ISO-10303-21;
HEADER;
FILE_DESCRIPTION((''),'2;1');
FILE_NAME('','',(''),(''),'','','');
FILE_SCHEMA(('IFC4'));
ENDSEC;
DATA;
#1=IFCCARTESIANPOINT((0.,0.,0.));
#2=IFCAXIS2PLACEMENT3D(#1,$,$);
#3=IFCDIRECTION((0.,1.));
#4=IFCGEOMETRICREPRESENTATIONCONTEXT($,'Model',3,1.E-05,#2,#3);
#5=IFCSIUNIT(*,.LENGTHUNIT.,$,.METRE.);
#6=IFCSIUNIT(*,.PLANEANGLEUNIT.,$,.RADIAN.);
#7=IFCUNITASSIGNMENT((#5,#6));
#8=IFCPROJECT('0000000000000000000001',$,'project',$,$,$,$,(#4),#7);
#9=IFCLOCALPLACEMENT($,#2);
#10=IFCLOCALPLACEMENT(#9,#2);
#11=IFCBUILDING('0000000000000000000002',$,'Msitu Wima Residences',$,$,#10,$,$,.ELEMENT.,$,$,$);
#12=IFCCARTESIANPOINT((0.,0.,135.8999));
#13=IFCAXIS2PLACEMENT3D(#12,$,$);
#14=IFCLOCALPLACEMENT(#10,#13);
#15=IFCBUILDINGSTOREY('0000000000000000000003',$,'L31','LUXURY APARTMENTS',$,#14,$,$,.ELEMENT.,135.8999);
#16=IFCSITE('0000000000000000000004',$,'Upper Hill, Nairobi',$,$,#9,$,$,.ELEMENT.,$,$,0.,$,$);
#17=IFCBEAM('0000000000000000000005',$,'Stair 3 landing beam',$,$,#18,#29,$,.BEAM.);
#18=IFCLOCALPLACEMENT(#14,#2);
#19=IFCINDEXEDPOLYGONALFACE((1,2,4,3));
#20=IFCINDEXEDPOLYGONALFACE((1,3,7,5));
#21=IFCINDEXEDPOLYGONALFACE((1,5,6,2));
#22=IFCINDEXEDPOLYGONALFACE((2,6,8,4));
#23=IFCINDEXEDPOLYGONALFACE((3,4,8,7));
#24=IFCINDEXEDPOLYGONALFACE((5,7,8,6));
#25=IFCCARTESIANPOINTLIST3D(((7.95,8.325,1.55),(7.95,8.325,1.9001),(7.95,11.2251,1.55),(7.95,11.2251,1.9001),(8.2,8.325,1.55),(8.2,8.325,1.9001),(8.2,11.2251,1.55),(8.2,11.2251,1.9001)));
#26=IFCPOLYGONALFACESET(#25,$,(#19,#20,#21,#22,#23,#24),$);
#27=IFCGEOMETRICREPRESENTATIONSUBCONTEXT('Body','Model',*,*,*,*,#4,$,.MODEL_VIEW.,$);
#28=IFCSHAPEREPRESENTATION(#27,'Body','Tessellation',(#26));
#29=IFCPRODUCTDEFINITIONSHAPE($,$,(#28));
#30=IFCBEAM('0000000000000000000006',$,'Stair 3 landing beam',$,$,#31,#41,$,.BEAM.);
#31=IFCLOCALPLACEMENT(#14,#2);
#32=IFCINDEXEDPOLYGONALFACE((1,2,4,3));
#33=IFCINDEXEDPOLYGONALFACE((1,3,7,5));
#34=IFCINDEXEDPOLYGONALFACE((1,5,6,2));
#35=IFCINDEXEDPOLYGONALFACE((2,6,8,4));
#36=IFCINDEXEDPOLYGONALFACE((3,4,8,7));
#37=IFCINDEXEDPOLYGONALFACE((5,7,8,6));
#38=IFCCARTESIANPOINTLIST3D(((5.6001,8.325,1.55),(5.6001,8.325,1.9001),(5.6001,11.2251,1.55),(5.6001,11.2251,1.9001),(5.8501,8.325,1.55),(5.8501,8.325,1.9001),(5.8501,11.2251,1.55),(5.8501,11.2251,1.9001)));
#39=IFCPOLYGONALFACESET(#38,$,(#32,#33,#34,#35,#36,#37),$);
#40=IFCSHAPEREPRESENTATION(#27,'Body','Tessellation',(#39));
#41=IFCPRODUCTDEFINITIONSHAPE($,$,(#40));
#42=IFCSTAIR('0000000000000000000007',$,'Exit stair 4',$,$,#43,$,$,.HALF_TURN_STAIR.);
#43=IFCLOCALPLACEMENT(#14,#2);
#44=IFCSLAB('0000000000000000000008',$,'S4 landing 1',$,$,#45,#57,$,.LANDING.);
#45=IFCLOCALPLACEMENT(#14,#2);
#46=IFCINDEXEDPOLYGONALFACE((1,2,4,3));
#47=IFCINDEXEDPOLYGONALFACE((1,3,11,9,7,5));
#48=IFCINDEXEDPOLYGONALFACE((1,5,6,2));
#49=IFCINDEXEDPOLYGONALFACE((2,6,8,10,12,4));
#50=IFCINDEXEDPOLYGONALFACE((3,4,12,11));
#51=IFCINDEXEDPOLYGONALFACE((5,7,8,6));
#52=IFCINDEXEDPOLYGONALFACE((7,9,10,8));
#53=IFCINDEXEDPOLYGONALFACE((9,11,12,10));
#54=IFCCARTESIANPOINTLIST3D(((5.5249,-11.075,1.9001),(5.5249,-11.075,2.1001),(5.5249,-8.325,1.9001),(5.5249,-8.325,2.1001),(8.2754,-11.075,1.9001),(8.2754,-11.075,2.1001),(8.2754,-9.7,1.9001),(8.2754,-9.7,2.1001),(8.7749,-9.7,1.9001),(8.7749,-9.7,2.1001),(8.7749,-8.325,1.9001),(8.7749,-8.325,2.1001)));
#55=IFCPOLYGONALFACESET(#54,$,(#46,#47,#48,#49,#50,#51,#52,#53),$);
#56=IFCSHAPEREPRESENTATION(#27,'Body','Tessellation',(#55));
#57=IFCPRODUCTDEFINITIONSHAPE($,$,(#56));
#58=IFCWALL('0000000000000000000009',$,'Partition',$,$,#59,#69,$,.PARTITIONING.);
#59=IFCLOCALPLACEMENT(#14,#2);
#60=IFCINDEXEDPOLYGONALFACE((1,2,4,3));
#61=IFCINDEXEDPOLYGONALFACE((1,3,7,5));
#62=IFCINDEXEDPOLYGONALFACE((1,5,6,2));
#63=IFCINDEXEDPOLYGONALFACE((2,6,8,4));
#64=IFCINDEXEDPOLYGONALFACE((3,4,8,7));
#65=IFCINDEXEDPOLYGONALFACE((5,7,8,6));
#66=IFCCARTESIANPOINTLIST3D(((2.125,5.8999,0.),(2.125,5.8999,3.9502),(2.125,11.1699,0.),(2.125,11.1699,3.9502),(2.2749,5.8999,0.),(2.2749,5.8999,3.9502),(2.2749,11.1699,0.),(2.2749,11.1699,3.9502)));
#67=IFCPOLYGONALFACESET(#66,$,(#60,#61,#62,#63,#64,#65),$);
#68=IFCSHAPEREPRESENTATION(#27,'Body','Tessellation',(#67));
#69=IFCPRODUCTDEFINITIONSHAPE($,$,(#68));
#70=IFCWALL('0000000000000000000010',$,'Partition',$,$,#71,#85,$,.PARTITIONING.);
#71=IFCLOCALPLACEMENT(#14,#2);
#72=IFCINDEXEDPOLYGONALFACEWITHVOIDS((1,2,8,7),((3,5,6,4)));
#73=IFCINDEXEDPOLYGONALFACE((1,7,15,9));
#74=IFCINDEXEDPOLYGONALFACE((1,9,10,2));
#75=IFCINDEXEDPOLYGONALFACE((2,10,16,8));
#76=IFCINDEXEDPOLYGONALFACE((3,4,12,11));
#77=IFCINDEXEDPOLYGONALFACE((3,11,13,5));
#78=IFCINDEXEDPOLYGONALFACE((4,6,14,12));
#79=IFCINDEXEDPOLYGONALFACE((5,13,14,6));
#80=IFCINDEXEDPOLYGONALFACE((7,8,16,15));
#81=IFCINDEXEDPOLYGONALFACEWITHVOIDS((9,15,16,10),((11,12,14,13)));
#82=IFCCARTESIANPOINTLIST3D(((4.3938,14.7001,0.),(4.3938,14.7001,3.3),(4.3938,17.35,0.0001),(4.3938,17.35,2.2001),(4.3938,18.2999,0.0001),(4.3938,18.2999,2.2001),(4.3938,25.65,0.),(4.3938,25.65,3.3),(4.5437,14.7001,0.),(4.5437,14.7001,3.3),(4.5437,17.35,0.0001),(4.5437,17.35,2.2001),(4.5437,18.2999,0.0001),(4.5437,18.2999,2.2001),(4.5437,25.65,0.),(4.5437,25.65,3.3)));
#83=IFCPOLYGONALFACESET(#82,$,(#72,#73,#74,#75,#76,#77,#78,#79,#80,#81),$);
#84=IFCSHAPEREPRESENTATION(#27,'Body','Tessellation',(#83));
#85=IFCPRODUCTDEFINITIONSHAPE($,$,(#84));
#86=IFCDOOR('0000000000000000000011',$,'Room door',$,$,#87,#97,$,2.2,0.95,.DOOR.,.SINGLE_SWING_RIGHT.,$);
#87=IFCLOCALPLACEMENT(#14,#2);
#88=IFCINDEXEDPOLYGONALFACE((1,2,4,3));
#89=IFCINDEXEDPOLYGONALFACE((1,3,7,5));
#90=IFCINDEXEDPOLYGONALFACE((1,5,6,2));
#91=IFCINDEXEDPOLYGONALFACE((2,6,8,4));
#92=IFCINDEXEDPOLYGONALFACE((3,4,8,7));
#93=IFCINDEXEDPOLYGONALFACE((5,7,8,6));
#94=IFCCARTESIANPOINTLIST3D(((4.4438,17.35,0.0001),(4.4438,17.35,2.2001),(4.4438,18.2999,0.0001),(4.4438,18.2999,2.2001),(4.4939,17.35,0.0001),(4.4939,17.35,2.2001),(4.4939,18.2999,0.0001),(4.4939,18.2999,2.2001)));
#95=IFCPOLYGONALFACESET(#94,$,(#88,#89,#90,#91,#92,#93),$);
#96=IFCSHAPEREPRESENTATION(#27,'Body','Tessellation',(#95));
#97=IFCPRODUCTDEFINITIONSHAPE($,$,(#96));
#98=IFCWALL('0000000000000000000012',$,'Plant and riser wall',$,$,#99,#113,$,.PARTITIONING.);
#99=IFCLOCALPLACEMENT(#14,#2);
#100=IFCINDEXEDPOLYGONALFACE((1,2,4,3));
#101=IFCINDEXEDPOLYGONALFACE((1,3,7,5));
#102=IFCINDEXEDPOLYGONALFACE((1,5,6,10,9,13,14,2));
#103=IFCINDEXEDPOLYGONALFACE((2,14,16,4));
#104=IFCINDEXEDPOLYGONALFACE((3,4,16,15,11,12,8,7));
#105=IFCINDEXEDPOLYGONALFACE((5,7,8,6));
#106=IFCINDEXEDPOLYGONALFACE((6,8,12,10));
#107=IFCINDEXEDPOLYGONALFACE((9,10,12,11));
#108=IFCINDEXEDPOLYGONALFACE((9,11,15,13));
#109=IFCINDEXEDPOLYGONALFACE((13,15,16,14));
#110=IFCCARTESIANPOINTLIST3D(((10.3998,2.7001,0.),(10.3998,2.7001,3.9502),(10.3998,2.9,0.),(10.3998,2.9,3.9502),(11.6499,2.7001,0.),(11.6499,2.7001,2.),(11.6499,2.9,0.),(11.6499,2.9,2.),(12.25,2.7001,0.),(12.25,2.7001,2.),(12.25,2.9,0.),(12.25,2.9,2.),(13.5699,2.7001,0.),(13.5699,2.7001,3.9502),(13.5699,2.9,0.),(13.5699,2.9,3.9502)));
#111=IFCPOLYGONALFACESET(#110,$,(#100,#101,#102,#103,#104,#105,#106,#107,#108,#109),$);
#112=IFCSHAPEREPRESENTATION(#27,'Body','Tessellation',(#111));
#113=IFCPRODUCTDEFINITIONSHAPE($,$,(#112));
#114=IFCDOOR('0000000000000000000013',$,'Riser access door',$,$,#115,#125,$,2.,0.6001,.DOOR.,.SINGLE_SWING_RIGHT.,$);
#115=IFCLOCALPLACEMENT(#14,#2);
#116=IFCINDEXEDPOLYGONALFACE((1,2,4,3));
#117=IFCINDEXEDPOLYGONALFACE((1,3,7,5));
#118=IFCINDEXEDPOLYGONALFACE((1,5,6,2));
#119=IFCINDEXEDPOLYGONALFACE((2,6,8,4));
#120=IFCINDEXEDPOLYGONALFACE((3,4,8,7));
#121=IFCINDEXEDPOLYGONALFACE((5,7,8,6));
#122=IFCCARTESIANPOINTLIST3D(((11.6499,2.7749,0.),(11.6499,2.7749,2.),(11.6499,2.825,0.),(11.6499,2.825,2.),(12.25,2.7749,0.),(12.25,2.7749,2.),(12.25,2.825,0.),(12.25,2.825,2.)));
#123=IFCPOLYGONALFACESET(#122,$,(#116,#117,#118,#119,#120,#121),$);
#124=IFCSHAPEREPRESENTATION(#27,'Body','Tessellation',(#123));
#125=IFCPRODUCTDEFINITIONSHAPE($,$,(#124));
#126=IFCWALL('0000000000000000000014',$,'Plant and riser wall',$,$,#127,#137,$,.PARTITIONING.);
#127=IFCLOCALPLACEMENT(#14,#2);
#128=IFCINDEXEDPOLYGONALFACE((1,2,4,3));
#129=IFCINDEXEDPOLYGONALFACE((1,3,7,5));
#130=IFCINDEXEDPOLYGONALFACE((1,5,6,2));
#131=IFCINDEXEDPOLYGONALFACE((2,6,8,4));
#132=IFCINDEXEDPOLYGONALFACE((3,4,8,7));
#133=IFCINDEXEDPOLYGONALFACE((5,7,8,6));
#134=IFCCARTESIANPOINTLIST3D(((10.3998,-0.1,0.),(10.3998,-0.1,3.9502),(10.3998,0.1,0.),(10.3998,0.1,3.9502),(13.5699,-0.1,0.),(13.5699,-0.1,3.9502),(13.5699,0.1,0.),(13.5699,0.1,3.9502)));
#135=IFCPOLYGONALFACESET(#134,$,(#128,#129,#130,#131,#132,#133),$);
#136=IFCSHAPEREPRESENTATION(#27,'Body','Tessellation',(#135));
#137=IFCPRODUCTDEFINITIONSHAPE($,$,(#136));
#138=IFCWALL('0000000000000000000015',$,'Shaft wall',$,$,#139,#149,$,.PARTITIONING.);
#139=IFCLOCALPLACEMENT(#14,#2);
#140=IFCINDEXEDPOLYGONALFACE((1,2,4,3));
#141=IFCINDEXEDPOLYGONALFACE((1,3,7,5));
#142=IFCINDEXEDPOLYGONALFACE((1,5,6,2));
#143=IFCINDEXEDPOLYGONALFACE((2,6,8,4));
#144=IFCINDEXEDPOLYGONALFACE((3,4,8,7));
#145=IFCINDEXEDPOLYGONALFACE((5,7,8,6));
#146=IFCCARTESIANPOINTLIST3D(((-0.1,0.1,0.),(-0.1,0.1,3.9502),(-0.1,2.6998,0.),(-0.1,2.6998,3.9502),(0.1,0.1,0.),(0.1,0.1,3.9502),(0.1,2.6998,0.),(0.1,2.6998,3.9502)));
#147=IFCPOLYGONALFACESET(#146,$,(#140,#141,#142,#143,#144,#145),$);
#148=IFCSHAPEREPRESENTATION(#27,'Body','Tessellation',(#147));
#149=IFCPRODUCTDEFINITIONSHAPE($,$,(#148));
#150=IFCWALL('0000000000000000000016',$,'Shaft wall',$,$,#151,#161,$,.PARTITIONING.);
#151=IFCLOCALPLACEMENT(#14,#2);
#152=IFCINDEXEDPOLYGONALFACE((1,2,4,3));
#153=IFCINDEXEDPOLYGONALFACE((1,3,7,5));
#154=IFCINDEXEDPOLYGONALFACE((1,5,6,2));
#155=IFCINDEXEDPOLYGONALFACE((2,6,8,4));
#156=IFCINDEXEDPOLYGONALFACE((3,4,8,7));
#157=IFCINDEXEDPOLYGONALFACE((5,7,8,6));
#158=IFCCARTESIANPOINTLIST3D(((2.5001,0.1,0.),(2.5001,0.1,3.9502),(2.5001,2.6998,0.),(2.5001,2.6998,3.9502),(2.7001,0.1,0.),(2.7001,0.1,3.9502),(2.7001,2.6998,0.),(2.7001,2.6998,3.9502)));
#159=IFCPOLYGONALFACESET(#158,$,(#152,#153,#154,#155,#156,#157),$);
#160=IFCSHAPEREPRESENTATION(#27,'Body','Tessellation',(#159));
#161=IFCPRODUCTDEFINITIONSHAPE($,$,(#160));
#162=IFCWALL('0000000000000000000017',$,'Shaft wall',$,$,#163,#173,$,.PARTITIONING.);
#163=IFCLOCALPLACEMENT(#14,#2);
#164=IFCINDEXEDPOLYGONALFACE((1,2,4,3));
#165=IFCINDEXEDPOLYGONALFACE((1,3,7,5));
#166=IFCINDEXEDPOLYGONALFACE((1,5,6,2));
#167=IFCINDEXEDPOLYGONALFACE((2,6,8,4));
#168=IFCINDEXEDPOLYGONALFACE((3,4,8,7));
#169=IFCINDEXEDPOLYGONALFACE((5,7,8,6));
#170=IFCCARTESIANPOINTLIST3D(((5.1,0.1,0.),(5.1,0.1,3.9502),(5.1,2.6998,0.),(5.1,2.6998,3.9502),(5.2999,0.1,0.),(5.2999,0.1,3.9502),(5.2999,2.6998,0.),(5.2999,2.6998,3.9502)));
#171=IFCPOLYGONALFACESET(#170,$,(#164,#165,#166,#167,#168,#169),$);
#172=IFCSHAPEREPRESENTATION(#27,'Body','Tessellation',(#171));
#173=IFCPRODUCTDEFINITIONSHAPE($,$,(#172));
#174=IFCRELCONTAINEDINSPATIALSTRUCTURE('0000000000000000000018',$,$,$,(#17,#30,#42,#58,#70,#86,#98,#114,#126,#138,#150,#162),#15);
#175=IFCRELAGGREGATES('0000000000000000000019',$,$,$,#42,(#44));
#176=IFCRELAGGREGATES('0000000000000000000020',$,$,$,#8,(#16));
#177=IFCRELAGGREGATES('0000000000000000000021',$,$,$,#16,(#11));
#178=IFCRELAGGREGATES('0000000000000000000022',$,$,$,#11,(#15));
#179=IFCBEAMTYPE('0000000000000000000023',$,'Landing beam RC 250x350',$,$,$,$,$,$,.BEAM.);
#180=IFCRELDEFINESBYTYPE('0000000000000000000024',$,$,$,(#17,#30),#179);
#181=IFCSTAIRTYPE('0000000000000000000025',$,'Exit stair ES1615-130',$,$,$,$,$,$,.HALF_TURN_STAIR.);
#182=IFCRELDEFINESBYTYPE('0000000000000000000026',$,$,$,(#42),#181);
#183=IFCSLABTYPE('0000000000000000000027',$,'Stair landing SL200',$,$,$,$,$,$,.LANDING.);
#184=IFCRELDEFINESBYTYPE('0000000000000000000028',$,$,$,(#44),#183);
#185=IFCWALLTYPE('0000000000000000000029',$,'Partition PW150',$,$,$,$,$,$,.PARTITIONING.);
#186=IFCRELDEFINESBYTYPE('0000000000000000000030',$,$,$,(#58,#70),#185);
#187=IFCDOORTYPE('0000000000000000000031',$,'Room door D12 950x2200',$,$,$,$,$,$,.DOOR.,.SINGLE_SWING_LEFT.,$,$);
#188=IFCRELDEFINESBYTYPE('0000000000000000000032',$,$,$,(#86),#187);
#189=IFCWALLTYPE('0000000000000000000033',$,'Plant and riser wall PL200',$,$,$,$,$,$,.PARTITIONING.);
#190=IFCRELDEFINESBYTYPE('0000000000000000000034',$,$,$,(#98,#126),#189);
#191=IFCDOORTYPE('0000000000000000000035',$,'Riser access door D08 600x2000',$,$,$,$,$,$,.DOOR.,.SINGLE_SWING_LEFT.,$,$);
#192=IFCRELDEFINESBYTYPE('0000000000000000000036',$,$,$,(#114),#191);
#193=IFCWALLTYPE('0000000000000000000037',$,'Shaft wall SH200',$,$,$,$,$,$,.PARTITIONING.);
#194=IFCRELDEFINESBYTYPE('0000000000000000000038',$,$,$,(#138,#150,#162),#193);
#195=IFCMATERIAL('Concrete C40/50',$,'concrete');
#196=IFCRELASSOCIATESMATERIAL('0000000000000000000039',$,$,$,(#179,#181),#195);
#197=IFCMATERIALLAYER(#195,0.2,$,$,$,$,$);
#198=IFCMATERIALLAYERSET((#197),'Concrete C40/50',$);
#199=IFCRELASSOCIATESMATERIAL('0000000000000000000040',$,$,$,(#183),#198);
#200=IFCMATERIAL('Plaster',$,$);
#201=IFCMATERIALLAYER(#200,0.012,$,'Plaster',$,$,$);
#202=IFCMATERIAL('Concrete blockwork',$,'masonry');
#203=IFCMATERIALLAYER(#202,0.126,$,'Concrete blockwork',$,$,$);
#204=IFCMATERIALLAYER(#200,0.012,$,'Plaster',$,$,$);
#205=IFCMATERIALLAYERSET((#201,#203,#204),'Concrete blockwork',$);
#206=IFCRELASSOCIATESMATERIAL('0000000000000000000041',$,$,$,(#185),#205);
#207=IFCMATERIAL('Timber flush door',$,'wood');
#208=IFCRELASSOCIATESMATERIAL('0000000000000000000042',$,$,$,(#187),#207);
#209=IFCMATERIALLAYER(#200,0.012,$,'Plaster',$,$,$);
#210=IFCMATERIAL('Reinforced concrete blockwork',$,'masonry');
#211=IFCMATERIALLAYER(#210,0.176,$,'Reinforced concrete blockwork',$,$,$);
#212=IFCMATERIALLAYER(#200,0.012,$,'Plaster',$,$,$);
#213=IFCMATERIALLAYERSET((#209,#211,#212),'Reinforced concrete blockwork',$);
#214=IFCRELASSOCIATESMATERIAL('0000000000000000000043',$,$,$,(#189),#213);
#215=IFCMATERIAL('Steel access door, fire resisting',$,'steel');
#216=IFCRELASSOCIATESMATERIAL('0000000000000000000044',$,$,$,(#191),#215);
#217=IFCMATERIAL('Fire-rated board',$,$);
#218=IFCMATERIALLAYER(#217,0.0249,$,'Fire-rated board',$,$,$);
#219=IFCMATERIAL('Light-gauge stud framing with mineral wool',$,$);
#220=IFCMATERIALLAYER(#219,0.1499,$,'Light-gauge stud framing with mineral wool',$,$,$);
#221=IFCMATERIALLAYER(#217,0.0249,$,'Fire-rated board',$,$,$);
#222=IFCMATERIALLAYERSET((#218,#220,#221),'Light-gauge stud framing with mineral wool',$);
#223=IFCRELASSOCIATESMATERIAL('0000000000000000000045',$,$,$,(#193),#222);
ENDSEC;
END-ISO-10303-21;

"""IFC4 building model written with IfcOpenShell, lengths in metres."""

from ifc_helpers import new_model, si_unit, direction, frame, frame_2d, origin, origin_2d, place, context, subcontext, project, spatial, polyline, rectangle, outline, extrude, material, layer, layer_set, material_profile, profile_set, type_object, element, fill, aggregate, save


model = new_model("IFC4")

# Units and contexts
model_context = context("Model", 3, precision=1e-05, world=origin(), true_north=direction((0.0, 1.0)))
body_context = subcontext(model_context, "Body", "Model", "MODEL_VIEW")
ifc_project = project(units=[si_unit("LENGTHUNIT", "METRE"), si_unit("PLANEANGLEUNIT", "RADIAN")], contexts=[model_context])

# Site, building, storey
site_placement = place(None, origin())
site = spatial("IfcSite", under=ifc_project, at=site_placement, Name="Upper Hill, Nairobi", CompositionType="ELEMENT", RefElevation=0.0)
building_placement = place(site_placement, origin())
building = spatial("IfcBuilding", under=site, at=building_placement, Name="Msitu Wima Residences", CompositionType="ELEMENT")
storey_placement = place(building_placement, frame((0.0, 0.0, 135.8999)))
storey = spatial("IfcBuildingStorey", under=building, at=storey_placement, Name="L31", Description="LUXURY APARTMENTS", CompositionType="ELEMENT", Elevation=135.8999)

# Beams
ifc_material_1 = material(Name="Concrete C40/50", Category="concrete")
ifc_material_profile = material_profile(ifc_material_1, rectangle(XDim=0.25, YDim=0.3501, at=origin_2d()), Name="RC 250x350")
ifc_profile_set = profile_set([ifc_material_profile], Name="Concrete C40/50")
beam_type = type_object("IfcBeamType", Name="Landing beam RC 250x350", PredefinedType="BEAM", material=ifc_profile_set)
for number, where, z_axis, x_axis, name in (
    (1, (8.075, 8.325, 1.7251), (0.0, 1.0, 0.0), (-1.0, 0.0, 0.0), "Stair 3 landing beam"),
    (2, (5.7251, 8.325, 1.7251), (0.0, 1.0, 0.0), (-1.0, 0.0, 0.0), "Stair 3 landing beam"),
):
    element("IfcBeam", number, at=place(storey_placement, frame(where, z_axis=z_axis, x_axis=x_axis)), inside=storey, type_object=beam_type, Name=name, PredefinedType="BEAM", context=body_context, shape_type="SweptSolid", body=[
        extrude(rectangle(XDim=0.25, YDim=0.3501, at=origin_2d()), origin(), (0.0, 0.0, 1.0), 2.9001),
    ])

# Stair, slab
stair_type = type_object("IfcStairType", Name="Exit stair ES1615-130", PredefinedType="HALF_TURN_STAIR", material=ifc_material_1)
stair_1_placement = place(storey_placement, origin())
stair_1 = element("IfcStair", 3, at=stair_1_placement, inside=storey, type_object=stair_type, Name="Exit stair 4", PredefinedType="HALF_TURN_STAIR")
ifc_layer_1 = layer(ifc_material_1, 0.2)
ifc_layer_set_1 = layer_set([ifc_layer_1], Name="Concrete C40/50")
slab_type = type_object("IfcSlabType", Name="Stair landing SL200", PredefinedType="LANDING", material=ifc_layer_set_1)
slab_placement = place(storey_placement, frame((0.0, 0.0, 1.9001)))
slab = element("IfcSlab", 4, at=slab_placement, type_object=slab_type, Name="S4 landing 1", PredefinedType="LANDING", context=body_context, shape_type="SweptSolid", body=[
    extrude(outline(polyline([(5.5249, -11.075), (8.2754, -11.075), (8.2754, -9.7), (8.7749, -9.7), (8.7749, -8.325), (5.5249, -8.325), (5.5249, -11.075)])), origin(), (0.0, 0.0, 1.0), 0.2),
])
aggregate(stair_1, [slab])

# Wall
ifc_material_2 = material(Name="Plaster")
ifc_layer_2 = layer(ifc_material_2, 0.012, Name="Plaster")
ifc_material_3 = material(Name="Concrete blockwork", Category="masonry")
ifc_layer_3 = layer(ifc_material_3, 0.126, Name="Concrete blockwork")
ifc_layer_4 = layer(ifc_material_2, 0.012, Name="Plaster")
ifc_layer_set_2 = layer_set([ifc_layer_2, ifc_layer_3, ifc_layer_4], Name="Concrete blockwork")
wall_type_1 = type_object("IfcWallType", Name="Partition PW150", PredefinedType="PARTITIONING", material=ifc_layer_set_2)
wall_1_placement = place(storey_placement, frame((2.2, 5.8999, 0.0), z_axis=(0.0, 0.0, 1.0), x_axis=(0.0, 1.0, 0.0)))
element("IfcWall", 5, at=wall_1_placement, inside=storey, type_object=wall_type_1, Name="Partition", PredefinedType="PARTITIONING", context=body_context, shape_type="SweptSolid", body=[
    extrude(rectangle(XDim=5.27, YDim=0.1499, at=frame_2d((2.635, 0.0))), origin(), (0.0, 0.0, 1.0), 3.9502),
])

# Walls, openings, doors
wall_2_placement = place(storey_placement, frame((4.4688, 14.7, 0.0), z_axis=(0.0, 0.0, 1.0), x_axis=(0.0, 1.0, 0.0)))
wall_2 = element("IfcWall", 6, at=wall_2_placement, inside=storey, type_object=wall_type_1, Name="Partition", PredefinedType="PARTITIONING", context=body_context, shape_type="SweptSolid", body=[
    extrude(rectangle(XDim=10.95, YDim=0.1499, at=frame_2d((5.4751, 0.0))), origin(), (0.0, 0.0, 1.0), 3.3),
])
opening_1_placement = place(wall_2_placement, frame((2.6499, 0.0, 0.0)))
opening_1 = element("IfcOpeningElement", 7, at=opening_1_placement, cuts=wall_2, PredefinedType="OPENING", context=body_context, shape_type="SweptSolid", body=[
    extrude(rectangle(XDim=0.95, YDim=2.2, at=frame_2d((0.4751, 1.1001))), frame((0.0, 0.085, 0.0), z_axis=(0.0, -1.0, 0.0), x_axis=(1.0, 0.0, 0.0)), (0.0, 0.0, 1.0), 0.1699),
])
ifc_material_4 = material(Name="Timber flush door", Category="wood")
door_type_1 = type_object("IfcDoorType", Name="Room door D12 950x2200", OperationType="SINGLE_SWING_LEFT", PredefinedType="DOOR", material=ifc_material_4)
door_1_placement = place(opening_1_placement, origin())
door_1 = element("IfcDoor", 8, at=door_1_placement, inside=storey, type_object=door_type_1, Name="Room door", OperationType="SINGLE_SWING_RIGHT", OverallHeight=2.2, OverallWidth=0.95, PredefinedType="DOOR", context=body_context, shape_type="SweptSolid", body=[
    extrude(rectangle(XDim=0.95, YDim=2.2, at=frame_2d((0.4751, 1.1001))), frame((0.0, 0.0249, 0.0), z_axis=(0.0, -1.0, 0.0), x_axis=(1.0, 0.0, 0.0)), (0.0, 0.0, 1.0), 0.05),
])
fill(opening_1, door_1)
ifc_layer_5 = layer(ifc_material_2, 0.012, Name="Plaster")
ifc_material_5 = material(Name="Reinforced concrete blockwork", Category="masonry")
ifc_layer_6 = layer(ifc_material_5, 0.176, Name="Reinforced concrete blockwork")
ifc_layer_7 = layer(ifc_material_2, 0.012, Name="Plaster")
ifc_layer_set_3 = layer_set([ifc_layer_5, ifc_layer_6, ifc_layer_7], Name="Reinforced concrete blockwork")
wall_type_2 = type_object("IfcWallType", Name="Plant and riser wall PL200", PredefinedType="PARTITIONING", material=ifc_layer_set_3)
wall_3_placement = place(storey_placement, frame((10.3999, 2.8, 0.0), z_axis=(0.0, 0.0, 1.0), x_axis=(1.0, 0.0, 0.0)))
wall_3 = element("IfcWall", 9, at=wall_3_placement, inside=storey, type_object=wall_type_2, Name="Plant and riser wall", PredefinedType="PARTITIONING", context=body_context, shape_type="SweptSolid", body=[
    extrude(rectangle(XDim=3.1702, YDim=0.2, at=frame_2d((1.585, 0.0))), origin(), (0.0, 0.0, 1.0), 3.9502),
])
opening_2_placement = place(wall_3_placement, frame((1.25, 0.0, 0.0)))
opening_2 = element("IfcOpeningElement", 10, at=opening_2_placement, cuts=wall_3, PredefinedType="OPENING", context=body_context, shape_type="SweptSolid", body=[
    extrude(rectangle(XDim=0.6001, YDim=2.0, at=frame_2d((0.3, 1.0))), frame((0.0, 0.1099, 0.0), z_axis=(0.0, -1.0, 0.0), x_axis=(1.0, 0.0, 0.0)), (0.0, 0.0, 1.0), 0.22),
])
ifc_material_6 = material(Name="Steel access door, fire resisting", Category="steel")
door_type_2 = type_object("IfcDoorType", Name="Riser access door D08 600x2000", OperationType="SINGLE_SWING_LEFT", PredefinedType="DOOR", material=ifc_material_6)
door_2_placement = place(opening_2_placement, origin())
door_2 = element("IfcDoor", 11, at=door_2_placement, inside=storey, type_object=door_type_2, Name="Riser access door", OperationType="SINGLE_SWING_RIGHT", OverallHeight=2.0, OverallWidth=0.6001, PredefinedType="DOOR", context=body_context, shape_type="SweptSolid", body=[
    extrude(rectangle(XDim=0.6001, YDim=2.0, at=frame_2d((0.3, 1.0))), frame((0.0, 0.0249, 0.0), z_axis=(0.0, -1.0, 0.0), x_axis=(1.0, 0.0, 0.0)), (0.0, 0.0, 1.0), 0.05),
])
fill(opening_2, door_2)

# Walls
wall_4_placement = place(storey_placement, frame((10.3999, 0.0, 0.0), z_axis=(0.0, 0.0, 1.0), x_axis=(1.0, 0.0, 0.0)))
element("IfcWall", 12, at=wall_4_placement, inside=storey, type_object=wall_type_2, Name="Plant and riser wall", PredefinedType="PARTITIONING", context=body_context, shape_type="SweptSolid", body=[
    extrude(rectangle(XDim=3.1702, YDim=0.2, at=frame_2d((1.585, 0.0))), origin(), (0.0, 0.0, 1.0), 3.9502),
])
ifc_material_7 = material(Name="Fire-rated board")
ifc_layer_8 = layer(ifc_material_7, 0.0249, Name="Fire-rated board")
ifc_material_8 = material(Name="Light-gauge stud framing with mineral wool")
ifc_layer_9 = layer(ifc_material_8, 0.1499, Name="Light-gauge stud framing with mineral wool")
ifc_layer_10 = layer(ifc_material_7, 0.0249, Name="Fire-rated board")
ifc_layer_set_4 = layer_set([ifc_layer_8, ifc_layer_9, ifc_layer_10], Name="Light-gauge stud framing with mineral wool")
wall_type_3 = type_object("IfcWallType", Name="Shaft wall SH200", PredefinedType="PARTITIONING", material=ifc_layer_set_4)
for number, where, z_axis, x_axis, name in (
    (13, (0.0, 0.1001, 0.0), (0.0, 0.0, 1.0), (0.0, 1.0, 0.0), "Shaft wall"),
    (14, (2.6001, 0.1001, 0.0), (0.0, 0.0, 1.0), (0.0, 1.0, 0.0), "Shaft wall"),
    (15, (5.2, 0.1001, 0.0), (0.0, 0.0, 1.0), (0.0, 1.0, 0.0), "Shaft wall"),
):
    element("IfcWall", number, at=place(storey_placement, frame(where, z_axis=z_axis, x_axis=x_axis)), inside=storey, type_object=wall_type_3, Name=name, PredefinedType="PARTITIONING", context=body_context, shape_type="SweptSolid", body=[
        extrude(rectangle(XDim=2.5999, YDim=0.2, at=frame_2d((1.2998, 0.0))), origin(), (0.0, 0.0, 1.0), 3.9502),
    ])

save(model, "model.ifc")
